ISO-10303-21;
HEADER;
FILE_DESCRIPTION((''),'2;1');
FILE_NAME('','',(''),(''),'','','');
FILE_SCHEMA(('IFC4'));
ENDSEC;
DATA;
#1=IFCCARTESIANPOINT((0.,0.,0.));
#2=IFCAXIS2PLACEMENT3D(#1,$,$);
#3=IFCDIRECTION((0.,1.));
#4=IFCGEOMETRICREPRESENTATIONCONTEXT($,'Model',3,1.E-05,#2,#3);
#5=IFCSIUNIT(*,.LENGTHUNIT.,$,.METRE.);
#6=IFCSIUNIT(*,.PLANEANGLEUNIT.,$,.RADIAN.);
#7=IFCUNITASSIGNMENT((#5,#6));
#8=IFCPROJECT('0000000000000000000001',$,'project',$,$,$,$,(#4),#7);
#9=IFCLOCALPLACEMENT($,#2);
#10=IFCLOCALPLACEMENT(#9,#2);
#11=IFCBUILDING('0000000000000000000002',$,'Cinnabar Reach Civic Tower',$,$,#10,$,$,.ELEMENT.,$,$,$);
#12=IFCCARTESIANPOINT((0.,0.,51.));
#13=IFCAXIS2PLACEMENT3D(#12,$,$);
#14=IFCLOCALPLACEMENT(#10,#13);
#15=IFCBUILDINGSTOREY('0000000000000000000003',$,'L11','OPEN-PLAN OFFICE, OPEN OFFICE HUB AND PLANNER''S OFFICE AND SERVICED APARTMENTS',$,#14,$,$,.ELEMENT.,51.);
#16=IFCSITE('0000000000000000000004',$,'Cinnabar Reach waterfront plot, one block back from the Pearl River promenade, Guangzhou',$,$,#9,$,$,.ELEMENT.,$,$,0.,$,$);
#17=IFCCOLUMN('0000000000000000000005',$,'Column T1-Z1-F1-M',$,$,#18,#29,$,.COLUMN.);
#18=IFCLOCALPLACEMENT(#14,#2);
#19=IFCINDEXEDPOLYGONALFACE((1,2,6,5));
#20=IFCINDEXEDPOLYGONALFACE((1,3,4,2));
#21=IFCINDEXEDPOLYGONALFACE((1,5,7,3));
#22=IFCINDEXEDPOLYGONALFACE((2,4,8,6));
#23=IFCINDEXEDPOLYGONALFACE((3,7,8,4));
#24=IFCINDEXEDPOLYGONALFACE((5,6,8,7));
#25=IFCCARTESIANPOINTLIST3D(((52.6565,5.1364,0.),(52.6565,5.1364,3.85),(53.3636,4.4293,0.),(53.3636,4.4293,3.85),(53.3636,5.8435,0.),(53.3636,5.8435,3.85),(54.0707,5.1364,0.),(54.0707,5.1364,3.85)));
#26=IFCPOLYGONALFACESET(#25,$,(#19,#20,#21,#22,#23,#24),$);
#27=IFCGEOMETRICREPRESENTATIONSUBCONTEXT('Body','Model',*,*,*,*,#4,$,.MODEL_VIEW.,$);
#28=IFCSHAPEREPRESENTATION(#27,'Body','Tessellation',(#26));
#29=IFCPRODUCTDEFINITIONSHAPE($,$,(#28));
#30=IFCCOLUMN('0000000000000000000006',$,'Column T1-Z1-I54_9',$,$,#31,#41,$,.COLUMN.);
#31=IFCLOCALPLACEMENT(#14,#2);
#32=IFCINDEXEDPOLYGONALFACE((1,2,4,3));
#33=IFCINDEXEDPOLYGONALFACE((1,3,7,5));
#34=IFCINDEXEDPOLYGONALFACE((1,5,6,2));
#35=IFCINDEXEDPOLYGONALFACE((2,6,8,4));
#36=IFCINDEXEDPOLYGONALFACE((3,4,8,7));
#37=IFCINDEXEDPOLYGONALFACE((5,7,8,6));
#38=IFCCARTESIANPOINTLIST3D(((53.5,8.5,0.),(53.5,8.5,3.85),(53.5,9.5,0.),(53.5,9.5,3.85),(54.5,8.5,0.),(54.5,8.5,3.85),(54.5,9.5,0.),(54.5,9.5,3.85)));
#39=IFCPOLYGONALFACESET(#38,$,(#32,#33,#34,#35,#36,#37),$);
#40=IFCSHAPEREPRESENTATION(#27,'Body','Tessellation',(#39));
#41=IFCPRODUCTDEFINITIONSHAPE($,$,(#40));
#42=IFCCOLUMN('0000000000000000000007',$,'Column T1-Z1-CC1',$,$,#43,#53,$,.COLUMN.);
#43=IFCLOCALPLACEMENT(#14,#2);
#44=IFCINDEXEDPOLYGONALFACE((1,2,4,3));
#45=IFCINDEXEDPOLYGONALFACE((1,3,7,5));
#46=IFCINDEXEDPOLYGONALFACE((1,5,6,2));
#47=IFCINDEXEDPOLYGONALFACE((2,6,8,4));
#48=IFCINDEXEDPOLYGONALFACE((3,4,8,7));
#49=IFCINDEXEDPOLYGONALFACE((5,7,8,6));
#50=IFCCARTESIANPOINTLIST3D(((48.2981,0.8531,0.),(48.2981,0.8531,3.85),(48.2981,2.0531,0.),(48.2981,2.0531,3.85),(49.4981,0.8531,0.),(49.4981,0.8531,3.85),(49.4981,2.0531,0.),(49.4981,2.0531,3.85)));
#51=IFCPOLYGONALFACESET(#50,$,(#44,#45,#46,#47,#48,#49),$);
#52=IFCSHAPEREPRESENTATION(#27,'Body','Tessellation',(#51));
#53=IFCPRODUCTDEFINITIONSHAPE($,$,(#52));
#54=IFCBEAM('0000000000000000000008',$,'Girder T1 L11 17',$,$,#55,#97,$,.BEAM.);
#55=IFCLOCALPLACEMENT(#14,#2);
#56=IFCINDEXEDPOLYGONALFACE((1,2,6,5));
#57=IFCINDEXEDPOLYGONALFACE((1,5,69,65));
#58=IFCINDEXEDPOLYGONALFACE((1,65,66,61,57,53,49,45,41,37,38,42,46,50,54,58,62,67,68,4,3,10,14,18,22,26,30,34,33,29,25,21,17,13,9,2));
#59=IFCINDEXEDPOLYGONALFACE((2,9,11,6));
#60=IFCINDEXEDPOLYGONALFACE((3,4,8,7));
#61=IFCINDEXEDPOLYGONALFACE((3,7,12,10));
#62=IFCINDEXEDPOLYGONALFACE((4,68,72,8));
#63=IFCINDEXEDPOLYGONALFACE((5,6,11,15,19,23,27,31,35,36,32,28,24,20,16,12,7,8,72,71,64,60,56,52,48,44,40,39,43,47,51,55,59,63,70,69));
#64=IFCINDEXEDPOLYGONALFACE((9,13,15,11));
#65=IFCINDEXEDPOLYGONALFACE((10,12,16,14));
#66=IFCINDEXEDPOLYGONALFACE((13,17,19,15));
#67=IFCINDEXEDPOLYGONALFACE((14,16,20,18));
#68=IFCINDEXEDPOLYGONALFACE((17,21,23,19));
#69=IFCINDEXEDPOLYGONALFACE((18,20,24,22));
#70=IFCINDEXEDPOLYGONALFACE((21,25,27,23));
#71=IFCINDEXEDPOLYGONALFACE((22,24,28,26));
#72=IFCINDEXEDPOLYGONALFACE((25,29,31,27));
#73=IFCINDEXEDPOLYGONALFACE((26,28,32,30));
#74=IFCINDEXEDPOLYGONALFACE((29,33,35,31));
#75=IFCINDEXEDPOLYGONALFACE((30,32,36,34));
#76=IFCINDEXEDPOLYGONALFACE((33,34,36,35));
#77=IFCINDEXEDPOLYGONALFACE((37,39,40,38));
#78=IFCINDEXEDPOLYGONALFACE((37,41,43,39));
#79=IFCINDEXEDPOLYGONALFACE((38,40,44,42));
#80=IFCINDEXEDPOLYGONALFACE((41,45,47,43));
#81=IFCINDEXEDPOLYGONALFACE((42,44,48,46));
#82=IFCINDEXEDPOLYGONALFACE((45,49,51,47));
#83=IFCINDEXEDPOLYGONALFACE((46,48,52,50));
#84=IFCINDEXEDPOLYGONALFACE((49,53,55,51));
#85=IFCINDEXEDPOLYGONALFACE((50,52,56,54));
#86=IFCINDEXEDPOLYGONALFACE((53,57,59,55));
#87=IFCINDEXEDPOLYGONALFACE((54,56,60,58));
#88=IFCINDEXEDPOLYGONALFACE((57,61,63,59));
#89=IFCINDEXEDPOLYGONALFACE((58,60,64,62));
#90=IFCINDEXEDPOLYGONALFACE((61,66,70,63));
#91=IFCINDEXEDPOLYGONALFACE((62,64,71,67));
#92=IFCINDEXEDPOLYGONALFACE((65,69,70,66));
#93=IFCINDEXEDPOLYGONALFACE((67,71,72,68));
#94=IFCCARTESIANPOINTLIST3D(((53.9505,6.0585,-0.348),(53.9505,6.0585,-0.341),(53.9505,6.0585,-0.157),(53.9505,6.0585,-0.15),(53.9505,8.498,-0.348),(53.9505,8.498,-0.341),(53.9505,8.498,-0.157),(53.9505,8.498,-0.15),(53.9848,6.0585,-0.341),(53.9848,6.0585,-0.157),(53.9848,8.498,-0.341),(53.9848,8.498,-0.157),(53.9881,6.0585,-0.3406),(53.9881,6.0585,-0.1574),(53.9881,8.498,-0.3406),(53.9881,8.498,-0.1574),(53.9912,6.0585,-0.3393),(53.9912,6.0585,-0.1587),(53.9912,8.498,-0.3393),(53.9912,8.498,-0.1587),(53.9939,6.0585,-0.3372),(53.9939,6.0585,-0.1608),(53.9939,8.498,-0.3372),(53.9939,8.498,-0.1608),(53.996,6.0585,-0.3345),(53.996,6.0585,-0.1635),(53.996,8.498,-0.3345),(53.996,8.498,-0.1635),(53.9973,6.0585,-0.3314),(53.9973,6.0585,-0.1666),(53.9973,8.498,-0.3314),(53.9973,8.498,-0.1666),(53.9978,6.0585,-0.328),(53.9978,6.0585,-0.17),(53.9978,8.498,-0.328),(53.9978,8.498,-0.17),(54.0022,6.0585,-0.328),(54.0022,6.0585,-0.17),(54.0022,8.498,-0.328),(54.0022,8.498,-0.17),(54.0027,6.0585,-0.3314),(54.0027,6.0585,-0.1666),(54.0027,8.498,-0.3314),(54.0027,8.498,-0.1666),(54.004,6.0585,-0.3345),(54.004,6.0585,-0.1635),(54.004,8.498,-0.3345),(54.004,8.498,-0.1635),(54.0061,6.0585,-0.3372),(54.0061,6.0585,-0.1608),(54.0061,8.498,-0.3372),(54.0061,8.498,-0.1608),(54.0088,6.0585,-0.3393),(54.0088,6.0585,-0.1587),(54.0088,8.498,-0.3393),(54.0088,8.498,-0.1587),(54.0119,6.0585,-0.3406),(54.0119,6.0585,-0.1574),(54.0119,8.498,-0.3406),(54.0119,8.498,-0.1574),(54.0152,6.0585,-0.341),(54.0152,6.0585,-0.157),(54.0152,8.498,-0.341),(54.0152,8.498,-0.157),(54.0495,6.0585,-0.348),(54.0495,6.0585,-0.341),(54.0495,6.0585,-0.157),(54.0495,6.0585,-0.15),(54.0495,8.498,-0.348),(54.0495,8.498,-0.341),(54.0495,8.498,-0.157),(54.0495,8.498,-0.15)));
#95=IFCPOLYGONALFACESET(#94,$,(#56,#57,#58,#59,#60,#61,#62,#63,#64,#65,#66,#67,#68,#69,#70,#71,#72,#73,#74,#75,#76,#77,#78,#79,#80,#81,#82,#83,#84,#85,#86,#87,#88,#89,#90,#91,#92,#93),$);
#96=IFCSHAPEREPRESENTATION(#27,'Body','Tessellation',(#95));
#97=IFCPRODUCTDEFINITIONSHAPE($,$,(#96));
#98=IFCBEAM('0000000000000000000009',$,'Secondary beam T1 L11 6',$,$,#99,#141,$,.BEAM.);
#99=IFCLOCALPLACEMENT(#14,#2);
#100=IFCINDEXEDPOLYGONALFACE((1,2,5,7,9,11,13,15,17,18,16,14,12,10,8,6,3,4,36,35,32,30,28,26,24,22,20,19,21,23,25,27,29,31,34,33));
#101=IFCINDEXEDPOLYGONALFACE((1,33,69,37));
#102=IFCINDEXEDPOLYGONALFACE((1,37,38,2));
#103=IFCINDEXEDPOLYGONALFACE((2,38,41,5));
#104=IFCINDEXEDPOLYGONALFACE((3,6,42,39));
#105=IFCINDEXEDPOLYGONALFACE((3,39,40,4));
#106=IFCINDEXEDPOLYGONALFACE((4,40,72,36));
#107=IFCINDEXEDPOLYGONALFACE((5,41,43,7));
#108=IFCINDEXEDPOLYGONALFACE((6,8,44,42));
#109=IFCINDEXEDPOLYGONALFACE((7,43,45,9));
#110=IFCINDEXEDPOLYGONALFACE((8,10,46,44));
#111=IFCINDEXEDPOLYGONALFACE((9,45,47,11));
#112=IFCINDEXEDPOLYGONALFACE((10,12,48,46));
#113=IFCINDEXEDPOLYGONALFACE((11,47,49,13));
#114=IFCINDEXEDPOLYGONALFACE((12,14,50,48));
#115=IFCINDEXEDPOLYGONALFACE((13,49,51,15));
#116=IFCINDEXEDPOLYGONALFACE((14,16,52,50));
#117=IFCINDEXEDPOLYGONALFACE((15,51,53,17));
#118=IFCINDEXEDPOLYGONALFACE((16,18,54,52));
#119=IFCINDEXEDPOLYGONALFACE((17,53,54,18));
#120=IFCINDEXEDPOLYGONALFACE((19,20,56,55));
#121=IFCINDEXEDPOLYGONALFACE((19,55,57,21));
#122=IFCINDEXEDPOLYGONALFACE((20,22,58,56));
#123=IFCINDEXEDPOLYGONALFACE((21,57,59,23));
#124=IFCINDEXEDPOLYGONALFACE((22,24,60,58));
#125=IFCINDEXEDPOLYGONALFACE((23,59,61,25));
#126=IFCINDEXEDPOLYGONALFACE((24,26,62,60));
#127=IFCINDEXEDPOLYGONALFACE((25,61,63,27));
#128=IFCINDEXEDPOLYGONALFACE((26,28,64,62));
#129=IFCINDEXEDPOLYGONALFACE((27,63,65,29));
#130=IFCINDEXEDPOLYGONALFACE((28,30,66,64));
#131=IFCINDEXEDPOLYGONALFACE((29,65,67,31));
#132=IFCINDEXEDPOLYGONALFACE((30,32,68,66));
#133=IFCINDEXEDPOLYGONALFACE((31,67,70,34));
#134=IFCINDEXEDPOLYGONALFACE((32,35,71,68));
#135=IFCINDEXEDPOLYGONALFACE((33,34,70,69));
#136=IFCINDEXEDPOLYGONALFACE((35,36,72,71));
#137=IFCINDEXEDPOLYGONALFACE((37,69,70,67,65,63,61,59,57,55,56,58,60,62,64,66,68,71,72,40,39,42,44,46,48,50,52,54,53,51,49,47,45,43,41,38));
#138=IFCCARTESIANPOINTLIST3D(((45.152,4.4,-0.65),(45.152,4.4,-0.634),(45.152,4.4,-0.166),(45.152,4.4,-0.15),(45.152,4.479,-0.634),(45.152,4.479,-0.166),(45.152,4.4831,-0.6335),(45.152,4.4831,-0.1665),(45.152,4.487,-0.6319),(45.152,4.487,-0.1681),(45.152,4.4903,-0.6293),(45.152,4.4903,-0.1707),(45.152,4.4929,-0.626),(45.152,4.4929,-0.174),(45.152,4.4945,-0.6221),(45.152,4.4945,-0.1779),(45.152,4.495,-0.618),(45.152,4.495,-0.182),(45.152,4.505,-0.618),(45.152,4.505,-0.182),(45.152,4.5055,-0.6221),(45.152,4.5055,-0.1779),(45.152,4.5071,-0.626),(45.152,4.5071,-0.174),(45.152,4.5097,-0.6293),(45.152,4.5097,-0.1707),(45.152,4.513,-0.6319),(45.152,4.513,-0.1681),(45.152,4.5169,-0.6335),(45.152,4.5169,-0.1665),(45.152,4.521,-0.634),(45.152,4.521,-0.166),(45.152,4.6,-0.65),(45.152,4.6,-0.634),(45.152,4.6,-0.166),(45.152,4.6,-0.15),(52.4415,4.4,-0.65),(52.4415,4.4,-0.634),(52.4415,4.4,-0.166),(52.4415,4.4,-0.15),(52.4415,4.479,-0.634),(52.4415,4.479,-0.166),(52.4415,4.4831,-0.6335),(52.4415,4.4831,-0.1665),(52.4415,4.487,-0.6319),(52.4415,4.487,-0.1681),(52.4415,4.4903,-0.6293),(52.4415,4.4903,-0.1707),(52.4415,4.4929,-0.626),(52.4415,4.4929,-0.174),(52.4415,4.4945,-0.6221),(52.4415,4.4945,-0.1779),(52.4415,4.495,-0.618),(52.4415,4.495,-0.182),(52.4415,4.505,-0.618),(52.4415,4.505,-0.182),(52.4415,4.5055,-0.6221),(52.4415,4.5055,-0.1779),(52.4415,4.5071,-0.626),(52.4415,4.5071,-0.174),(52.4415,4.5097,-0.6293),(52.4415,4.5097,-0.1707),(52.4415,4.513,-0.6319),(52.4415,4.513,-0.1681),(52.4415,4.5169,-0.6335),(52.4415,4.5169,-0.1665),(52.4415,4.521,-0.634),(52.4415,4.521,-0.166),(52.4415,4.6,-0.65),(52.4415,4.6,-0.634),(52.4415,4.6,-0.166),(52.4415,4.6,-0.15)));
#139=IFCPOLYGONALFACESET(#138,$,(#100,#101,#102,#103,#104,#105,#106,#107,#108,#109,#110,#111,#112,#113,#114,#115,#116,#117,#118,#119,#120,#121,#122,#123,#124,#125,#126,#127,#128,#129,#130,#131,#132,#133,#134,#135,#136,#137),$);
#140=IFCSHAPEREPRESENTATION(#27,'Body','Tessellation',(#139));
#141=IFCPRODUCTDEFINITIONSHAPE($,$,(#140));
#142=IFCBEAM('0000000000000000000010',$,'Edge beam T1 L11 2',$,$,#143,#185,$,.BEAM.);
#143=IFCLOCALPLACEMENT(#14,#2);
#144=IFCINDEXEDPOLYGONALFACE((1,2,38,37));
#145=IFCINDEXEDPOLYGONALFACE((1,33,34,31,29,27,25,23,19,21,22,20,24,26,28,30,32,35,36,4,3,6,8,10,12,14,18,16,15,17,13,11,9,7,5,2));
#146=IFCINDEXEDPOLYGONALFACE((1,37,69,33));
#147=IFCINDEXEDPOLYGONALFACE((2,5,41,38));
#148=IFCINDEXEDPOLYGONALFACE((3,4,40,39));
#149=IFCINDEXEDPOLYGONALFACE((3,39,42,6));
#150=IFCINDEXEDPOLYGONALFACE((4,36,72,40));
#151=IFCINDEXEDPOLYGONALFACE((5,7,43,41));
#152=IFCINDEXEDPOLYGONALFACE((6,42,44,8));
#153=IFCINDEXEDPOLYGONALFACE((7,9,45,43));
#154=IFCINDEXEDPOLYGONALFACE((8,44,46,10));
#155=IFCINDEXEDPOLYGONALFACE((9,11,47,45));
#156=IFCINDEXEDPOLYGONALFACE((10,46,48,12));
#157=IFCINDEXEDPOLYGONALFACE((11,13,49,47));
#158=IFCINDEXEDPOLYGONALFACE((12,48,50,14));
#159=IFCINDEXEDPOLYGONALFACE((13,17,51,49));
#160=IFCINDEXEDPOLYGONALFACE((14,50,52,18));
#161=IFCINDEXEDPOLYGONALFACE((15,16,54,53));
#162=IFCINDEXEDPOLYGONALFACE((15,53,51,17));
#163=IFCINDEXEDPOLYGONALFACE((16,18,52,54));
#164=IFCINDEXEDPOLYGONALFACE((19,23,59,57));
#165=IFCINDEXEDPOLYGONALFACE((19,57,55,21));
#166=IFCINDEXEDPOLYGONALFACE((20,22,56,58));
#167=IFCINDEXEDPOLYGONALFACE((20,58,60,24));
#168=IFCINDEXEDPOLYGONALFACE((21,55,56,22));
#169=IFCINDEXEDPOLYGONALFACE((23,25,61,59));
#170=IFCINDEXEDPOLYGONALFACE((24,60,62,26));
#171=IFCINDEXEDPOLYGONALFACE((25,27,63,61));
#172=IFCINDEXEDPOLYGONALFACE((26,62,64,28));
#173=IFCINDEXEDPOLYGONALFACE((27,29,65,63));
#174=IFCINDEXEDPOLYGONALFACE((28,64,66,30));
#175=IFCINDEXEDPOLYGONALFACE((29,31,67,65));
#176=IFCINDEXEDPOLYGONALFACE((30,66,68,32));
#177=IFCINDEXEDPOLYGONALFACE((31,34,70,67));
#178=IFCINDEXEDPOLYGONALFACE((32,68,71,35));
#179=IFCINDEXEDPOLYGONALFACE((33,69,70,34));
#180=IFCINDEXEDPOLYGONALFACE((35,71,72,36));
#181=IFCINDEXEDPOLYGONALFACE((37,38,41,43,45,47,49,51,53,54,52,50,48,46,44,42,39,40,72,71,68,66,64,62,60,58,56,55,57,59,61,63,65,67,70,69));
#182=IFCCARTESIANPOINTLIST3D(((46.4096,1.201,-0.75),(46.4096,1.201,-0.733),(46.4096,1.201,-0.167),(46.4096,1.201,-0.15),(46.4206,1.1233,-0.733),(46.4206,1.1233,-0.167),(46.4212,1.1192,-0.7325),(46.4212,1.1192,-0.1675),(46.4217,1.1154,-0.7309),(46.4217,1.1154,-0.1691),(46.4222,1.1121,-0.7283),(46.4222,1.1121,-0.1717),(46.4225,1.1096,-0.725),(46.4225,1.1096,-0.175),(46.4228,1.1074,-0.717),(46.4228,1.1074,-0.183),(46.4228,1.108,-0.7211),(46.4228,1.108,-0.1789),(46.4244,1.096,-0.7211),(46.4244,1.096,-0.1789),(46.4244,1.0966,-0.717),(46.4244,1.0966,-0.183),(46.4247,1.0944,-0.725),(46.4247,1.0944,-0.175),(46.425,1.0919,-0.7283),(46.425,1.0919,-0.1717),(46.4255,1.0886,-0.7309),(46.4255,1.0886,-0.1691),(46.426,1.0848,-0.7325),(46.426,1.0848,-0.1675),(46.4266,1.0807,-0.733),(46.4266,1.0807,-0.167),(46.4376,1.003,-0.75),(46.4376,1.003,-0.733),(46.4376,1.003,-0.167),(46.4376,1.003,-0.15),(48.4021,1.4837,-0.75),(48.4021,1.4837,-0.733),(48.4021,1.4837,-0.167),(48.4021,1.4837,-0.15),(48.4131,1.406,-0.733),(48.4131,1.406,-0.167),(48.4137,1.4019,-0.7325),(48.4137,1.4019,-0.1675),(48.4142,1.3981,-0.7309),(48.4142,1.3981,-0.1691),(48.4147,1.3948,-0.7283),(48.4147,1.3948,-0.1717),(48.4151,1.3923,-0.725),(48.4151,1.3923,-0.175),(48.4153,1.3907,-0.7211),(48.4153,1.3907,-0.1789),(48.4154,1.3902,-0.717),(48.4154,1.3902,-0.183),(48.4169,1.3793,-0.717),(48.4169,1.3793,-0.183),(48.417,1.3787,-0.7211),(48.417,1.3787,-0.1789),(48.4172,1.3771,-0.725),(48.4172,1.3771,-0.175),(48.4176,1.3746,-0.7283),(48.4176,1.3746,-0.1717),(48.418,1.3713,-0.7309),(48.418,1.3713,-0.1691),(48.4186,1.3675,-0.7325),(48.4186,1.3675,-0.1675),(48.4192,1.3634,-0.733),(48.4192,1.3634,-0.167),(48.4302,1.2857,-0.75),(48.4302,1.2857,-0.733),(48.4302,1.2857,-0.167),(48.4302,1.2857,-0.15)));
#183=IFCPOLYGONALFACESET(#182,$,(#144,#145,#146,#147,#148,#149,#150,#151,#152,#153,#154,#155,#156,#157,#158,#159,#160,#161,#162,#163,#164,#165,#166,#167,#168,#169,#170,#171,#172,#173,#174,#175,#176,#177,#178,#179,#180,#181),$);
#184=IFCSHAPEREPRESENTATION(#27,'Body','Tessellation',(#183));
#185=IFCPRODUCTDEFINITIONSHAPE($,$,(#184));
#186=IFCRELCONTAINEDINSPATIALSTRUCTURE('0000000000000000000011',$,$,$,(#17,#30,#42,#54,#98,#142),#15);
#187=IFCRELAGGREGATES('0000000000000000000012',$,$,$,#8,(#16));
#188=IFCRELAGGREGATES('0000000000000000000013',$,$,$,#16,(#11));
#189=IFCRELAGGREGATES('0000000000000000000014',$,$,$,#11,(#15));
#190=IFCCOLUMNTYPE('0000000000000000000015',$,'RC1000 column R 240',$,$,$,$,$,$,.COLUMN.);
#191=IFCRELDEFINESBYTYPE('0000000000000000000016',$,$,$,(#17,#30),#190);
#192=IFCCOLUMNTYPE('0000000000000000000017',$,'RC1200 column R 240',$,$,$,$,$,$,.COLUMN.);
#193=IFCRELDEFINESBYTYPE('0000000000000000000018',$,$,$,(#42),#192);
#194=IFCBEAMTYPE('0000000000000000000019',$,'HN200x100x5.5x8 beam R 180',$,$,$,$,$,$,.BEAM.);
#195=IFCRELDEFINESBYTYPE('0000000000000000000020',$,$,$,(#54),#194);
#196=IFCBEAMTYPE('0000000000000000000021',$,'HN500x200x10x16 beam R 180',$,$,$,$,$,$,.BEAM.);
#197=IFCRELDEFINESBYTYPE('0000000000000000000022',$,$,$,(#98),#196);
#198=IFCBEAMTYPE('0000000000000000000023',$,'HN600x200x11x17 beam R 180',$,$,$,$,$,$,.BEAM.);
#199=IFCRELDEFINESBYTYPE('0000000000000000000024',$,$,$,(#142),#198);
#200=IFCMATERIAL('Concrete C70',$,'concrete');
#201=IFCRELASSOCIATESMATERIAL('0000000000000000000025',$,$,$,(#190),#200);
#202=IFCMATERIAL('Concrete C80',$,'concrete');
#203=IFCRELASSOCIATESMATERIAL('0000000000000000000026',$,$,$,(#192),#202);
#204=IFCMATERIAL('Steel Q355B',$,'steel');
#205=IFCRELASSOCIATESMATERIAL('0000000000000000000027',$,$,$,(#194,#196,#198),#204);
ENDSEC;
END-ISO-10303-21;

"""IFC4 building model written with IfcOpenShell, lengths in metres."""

from ifc_helpers import new_model, si_unit, direction, frame, origin, origin_2d, place, context, subcontext, project, spatial, rectangle, i_section, extrude, material, material_profile, profile_set, type_object, element, save


model = new_model("IFC4")

# Units and contexts
model_context = context("Model", 3, precision=1e-05, world=origin(), true_north=direction((0.0, 1.0)))
body_context = subcontext(model_context, "Body", "Model", "MODEL_VIEW")
ifc_project = project(units=[si_unit("LENGTHUNIT", "METRE"), si_unit("PLANEANGLEUNIT", "RADIAN")], contexts=[model_context])

# Site, building, storey
site_placement = place(None, origin())
site = spatial("IfcSite", under=ifc_project, at=site_placement, Name="Cinnabar Reach waterfront plot, one block back from the Pearl River promenade, Guangzhou", CompositionType="ELEMENT", RefElevation=0.0)
building_placement = place(site_placement, origin())
building = spatial("IfcBuilding", under=site, at=building_placement, Name="Cinnabar Reach Civic Tower", CompositionType="ELEMENT")
storey_placement = place(building_placement, frame((0.0, 0.0, 51.0)))
storey = spatial("IfcBuildingStorey", under=building, at=storey_placement, Name="L11", Description="OPEN-PLAN OFFICE, OPEN OFFICE HUB AND PLANNER'S OFFICE AND SERVICED APARTMENTS", CompositionType="ELEMENT", Elevation=51.0)

# Columns
ifc_material_1 = material(Name="Concrete C70", Category="concrete")
ifc_material_profile_1 = material_profile(ifc_material_1, rectangle(XDim=1.0, YDim=1.0, at=origin_2d()), Name="RC1000")
ifc_profile_set_1 = profile_set([ifc_material_profile_1], Name="Concrete C70")
column_type_1 = type_object("IfcColumnType", Name="RC1000 column R 240", PredefinedType="COLUMN", material=ifc_profile_set_1)
for number, where, z_axis, x_axis, name in (
    (1, (53.3636, 5.1364, 0.0), (0.0, 0.0, 1.0), (0.707107, 0.707107, 0.0), "Column T1-Z1-F1-M"),
    (2, (54.0, 9.0, 0.0), (0.0, 0.0, 1.0), (1.0, 0.0, 0.0), "Column T1-Z1-I54_9"),
):
    element("IfcColumn", number, at=place(storey_placement, frame(where, z_axis=z_axis, x_axis=x_axis)), inside=storey, type_object=column_type_1, Name=name, PredefinedType="COLUMN", context=body_context, shape_type="SweptSolid", body=[
        extrude(rectangle(XDim=1.0, YDim=1.0, at=origin_2d()), origin(), (0.0, 0.0, 1.0), 3.85),
    ])
ifc_material_2 = material(Name="Concrete C80", Category="concrete")
ifc_material_profile_2 = material_profile(ifc_material_2, rectangle(XDim=1.2, YDim=1.2, at=origin_2d()), Name="RC1200")
ifc_profile_set_2 = profile_set([ifc_material_profile_2], Name="Concrete C80")
column_type_2 = type_object("IfcColumnType", Name="RC1200 column R 240", PredefinedType="COLUMN", material=ifc_profile_set_2)
column_placement = place(storey_placement, frame((48.8981, 1.4531, 0.0), z_axis=(0.0, 0.0, 1.0), x_axis=(1.0, 0.0, 0.0)))
element("IfcColumn", 3, at=column_placement, inside=storey, type_object=column_type_2, Name="Column T1-Z1-CC1", PredefinedType="COLUMN", context=body_context, shape_type="SweptSolid", body=[
    extrude(rectangle(XDim=1.2, YDim=1.2, at=origin_2d()), origin(), (0.0, 0.0, 1.0), 3.85),
])

# Beams
ifc_material_3 = material(Name="Steel Q355B", Category="steel")
ifc_material_profile_3 = material_profile(ifc_material_3, i_section(OverallWidth=0.099, OverallDepth=0.198, WebThickness=0.0045, FlangeThickness=0.007, FilletRadius=0.013, at=origin_2d()), Name="HN200x100x5.5x8")
ifc_profile_set_3 = profile_set([ifc_material_profile_3], Name="Steel Q355B")
beam_type_1 = type_object("IfcBeamType", Name="HN200x100x5.5x8 beam R 180", PredefinedType="BEAM", material=ifc_profile_set_3)
beam_1_placement = place(storey_placement, frame((54.0, 6.0585, -0.249), z_axis=(0.0, 1.0, 0.0), x_axis=(-1.0, 0.0, 0.0)))
element("IfcBeam", 4, at=beam_1_placement, inside=storey, type_object=beam_type_1, Name="Girder T1 L11 17", PredefinedType="BEAM", context=body_context, shape_type="SweptSolid", body=[
    extrude(i_section(OverallWidth=0.099, OverallDepth=0.198, WebThickness=0.0045, FlangeThickness=0.007, FilletRadius=0.013, at=origin_2d()), origin(), (0.0, 0.0, 1.0), 2.4395),
])
ifc_material_profile_4 = material_profile(ifc_material_3, i_section(OverallWidth=0.2, OverallDepth=0.5, WebThickness=0.01, FlangeThickness=0.016, FilletRadius=0.016, at=origin_2d()), Name="HN500x200x10x16")
ifc_profile_set_4 = profile_set([ifc_material_profile_4], Name="Steel Q355B")
beam_type_2 = type_object("IfcBeamType", Name="HN500x200x10x16 beam R 180", PredefinedType="BEAM", material=ifc_profile_set_4)
beam_2_placement = place(storey_placement, frame((45.152, 4.5, -0.4), z_axis=(1.0, 0.0, 0.0), x_axis=(0.0, 1.0, 0.0)))
element("IfcBeam", 5, at=beam_2_placement, inside=storey, type_object=beam_type_2, Name="Secondary beam T1 L11 6", PredefinedType="BEAM", context=body_context, shape_type="SweptSolid", body=[
    extrude(i_section(OverallWidth=0.2, OverallDepth=0.5, WebThickness=0.01, FlangeThickness=0.016, FilletRadius=0.016, at=origin_2d()), origin(), (0.0, 0.0, 1.0), 7.2895),
])
ifc_material_profile_5 = material_profile(ifc_material_3, i_section(OverallWidth=0.2, OverallDepth=0.6, WebThickness=0.011, FlangeThickness=0.017, FilletRadius=0.016, at=origin_2d()), Name="HN600x200x11x17")
ifc_profile_set_5 = profile_set([ifc_material_profile_5], Name="Steel Q355B")
beam_type_3 = type_object("IfcBeamType", Name="HN600x200x11x17 beam R 180", PredefinedType="BEAM", material=ifc_profile_set_5)
beam_3_placement = place(storey_placement, frame((46.4236, 1.102, -0.45), z_axis=(0.990084, 0.140475, 0.0), x_axis=(-0.140475, 0.990084, 0.0)))
element("IfcBeam", 6, at=beam_3_placement, inside=storey, type_object=beam_type_3, Name="Edge beam T1 L11 2", PredefinedType="BEAM", context=body_context, shape_type="SweptSolid", body=[
    extrude(i_section(OverallWidth=0.2, OverallDepth=0.6, WebThickness=0.011, FlangeThickness=0.017, FilletRadius=0.016, at=origin_2d()), origin(), (0.0, 0.0, 1.0), 2.0125),
])

save(model, "model.ifc")
